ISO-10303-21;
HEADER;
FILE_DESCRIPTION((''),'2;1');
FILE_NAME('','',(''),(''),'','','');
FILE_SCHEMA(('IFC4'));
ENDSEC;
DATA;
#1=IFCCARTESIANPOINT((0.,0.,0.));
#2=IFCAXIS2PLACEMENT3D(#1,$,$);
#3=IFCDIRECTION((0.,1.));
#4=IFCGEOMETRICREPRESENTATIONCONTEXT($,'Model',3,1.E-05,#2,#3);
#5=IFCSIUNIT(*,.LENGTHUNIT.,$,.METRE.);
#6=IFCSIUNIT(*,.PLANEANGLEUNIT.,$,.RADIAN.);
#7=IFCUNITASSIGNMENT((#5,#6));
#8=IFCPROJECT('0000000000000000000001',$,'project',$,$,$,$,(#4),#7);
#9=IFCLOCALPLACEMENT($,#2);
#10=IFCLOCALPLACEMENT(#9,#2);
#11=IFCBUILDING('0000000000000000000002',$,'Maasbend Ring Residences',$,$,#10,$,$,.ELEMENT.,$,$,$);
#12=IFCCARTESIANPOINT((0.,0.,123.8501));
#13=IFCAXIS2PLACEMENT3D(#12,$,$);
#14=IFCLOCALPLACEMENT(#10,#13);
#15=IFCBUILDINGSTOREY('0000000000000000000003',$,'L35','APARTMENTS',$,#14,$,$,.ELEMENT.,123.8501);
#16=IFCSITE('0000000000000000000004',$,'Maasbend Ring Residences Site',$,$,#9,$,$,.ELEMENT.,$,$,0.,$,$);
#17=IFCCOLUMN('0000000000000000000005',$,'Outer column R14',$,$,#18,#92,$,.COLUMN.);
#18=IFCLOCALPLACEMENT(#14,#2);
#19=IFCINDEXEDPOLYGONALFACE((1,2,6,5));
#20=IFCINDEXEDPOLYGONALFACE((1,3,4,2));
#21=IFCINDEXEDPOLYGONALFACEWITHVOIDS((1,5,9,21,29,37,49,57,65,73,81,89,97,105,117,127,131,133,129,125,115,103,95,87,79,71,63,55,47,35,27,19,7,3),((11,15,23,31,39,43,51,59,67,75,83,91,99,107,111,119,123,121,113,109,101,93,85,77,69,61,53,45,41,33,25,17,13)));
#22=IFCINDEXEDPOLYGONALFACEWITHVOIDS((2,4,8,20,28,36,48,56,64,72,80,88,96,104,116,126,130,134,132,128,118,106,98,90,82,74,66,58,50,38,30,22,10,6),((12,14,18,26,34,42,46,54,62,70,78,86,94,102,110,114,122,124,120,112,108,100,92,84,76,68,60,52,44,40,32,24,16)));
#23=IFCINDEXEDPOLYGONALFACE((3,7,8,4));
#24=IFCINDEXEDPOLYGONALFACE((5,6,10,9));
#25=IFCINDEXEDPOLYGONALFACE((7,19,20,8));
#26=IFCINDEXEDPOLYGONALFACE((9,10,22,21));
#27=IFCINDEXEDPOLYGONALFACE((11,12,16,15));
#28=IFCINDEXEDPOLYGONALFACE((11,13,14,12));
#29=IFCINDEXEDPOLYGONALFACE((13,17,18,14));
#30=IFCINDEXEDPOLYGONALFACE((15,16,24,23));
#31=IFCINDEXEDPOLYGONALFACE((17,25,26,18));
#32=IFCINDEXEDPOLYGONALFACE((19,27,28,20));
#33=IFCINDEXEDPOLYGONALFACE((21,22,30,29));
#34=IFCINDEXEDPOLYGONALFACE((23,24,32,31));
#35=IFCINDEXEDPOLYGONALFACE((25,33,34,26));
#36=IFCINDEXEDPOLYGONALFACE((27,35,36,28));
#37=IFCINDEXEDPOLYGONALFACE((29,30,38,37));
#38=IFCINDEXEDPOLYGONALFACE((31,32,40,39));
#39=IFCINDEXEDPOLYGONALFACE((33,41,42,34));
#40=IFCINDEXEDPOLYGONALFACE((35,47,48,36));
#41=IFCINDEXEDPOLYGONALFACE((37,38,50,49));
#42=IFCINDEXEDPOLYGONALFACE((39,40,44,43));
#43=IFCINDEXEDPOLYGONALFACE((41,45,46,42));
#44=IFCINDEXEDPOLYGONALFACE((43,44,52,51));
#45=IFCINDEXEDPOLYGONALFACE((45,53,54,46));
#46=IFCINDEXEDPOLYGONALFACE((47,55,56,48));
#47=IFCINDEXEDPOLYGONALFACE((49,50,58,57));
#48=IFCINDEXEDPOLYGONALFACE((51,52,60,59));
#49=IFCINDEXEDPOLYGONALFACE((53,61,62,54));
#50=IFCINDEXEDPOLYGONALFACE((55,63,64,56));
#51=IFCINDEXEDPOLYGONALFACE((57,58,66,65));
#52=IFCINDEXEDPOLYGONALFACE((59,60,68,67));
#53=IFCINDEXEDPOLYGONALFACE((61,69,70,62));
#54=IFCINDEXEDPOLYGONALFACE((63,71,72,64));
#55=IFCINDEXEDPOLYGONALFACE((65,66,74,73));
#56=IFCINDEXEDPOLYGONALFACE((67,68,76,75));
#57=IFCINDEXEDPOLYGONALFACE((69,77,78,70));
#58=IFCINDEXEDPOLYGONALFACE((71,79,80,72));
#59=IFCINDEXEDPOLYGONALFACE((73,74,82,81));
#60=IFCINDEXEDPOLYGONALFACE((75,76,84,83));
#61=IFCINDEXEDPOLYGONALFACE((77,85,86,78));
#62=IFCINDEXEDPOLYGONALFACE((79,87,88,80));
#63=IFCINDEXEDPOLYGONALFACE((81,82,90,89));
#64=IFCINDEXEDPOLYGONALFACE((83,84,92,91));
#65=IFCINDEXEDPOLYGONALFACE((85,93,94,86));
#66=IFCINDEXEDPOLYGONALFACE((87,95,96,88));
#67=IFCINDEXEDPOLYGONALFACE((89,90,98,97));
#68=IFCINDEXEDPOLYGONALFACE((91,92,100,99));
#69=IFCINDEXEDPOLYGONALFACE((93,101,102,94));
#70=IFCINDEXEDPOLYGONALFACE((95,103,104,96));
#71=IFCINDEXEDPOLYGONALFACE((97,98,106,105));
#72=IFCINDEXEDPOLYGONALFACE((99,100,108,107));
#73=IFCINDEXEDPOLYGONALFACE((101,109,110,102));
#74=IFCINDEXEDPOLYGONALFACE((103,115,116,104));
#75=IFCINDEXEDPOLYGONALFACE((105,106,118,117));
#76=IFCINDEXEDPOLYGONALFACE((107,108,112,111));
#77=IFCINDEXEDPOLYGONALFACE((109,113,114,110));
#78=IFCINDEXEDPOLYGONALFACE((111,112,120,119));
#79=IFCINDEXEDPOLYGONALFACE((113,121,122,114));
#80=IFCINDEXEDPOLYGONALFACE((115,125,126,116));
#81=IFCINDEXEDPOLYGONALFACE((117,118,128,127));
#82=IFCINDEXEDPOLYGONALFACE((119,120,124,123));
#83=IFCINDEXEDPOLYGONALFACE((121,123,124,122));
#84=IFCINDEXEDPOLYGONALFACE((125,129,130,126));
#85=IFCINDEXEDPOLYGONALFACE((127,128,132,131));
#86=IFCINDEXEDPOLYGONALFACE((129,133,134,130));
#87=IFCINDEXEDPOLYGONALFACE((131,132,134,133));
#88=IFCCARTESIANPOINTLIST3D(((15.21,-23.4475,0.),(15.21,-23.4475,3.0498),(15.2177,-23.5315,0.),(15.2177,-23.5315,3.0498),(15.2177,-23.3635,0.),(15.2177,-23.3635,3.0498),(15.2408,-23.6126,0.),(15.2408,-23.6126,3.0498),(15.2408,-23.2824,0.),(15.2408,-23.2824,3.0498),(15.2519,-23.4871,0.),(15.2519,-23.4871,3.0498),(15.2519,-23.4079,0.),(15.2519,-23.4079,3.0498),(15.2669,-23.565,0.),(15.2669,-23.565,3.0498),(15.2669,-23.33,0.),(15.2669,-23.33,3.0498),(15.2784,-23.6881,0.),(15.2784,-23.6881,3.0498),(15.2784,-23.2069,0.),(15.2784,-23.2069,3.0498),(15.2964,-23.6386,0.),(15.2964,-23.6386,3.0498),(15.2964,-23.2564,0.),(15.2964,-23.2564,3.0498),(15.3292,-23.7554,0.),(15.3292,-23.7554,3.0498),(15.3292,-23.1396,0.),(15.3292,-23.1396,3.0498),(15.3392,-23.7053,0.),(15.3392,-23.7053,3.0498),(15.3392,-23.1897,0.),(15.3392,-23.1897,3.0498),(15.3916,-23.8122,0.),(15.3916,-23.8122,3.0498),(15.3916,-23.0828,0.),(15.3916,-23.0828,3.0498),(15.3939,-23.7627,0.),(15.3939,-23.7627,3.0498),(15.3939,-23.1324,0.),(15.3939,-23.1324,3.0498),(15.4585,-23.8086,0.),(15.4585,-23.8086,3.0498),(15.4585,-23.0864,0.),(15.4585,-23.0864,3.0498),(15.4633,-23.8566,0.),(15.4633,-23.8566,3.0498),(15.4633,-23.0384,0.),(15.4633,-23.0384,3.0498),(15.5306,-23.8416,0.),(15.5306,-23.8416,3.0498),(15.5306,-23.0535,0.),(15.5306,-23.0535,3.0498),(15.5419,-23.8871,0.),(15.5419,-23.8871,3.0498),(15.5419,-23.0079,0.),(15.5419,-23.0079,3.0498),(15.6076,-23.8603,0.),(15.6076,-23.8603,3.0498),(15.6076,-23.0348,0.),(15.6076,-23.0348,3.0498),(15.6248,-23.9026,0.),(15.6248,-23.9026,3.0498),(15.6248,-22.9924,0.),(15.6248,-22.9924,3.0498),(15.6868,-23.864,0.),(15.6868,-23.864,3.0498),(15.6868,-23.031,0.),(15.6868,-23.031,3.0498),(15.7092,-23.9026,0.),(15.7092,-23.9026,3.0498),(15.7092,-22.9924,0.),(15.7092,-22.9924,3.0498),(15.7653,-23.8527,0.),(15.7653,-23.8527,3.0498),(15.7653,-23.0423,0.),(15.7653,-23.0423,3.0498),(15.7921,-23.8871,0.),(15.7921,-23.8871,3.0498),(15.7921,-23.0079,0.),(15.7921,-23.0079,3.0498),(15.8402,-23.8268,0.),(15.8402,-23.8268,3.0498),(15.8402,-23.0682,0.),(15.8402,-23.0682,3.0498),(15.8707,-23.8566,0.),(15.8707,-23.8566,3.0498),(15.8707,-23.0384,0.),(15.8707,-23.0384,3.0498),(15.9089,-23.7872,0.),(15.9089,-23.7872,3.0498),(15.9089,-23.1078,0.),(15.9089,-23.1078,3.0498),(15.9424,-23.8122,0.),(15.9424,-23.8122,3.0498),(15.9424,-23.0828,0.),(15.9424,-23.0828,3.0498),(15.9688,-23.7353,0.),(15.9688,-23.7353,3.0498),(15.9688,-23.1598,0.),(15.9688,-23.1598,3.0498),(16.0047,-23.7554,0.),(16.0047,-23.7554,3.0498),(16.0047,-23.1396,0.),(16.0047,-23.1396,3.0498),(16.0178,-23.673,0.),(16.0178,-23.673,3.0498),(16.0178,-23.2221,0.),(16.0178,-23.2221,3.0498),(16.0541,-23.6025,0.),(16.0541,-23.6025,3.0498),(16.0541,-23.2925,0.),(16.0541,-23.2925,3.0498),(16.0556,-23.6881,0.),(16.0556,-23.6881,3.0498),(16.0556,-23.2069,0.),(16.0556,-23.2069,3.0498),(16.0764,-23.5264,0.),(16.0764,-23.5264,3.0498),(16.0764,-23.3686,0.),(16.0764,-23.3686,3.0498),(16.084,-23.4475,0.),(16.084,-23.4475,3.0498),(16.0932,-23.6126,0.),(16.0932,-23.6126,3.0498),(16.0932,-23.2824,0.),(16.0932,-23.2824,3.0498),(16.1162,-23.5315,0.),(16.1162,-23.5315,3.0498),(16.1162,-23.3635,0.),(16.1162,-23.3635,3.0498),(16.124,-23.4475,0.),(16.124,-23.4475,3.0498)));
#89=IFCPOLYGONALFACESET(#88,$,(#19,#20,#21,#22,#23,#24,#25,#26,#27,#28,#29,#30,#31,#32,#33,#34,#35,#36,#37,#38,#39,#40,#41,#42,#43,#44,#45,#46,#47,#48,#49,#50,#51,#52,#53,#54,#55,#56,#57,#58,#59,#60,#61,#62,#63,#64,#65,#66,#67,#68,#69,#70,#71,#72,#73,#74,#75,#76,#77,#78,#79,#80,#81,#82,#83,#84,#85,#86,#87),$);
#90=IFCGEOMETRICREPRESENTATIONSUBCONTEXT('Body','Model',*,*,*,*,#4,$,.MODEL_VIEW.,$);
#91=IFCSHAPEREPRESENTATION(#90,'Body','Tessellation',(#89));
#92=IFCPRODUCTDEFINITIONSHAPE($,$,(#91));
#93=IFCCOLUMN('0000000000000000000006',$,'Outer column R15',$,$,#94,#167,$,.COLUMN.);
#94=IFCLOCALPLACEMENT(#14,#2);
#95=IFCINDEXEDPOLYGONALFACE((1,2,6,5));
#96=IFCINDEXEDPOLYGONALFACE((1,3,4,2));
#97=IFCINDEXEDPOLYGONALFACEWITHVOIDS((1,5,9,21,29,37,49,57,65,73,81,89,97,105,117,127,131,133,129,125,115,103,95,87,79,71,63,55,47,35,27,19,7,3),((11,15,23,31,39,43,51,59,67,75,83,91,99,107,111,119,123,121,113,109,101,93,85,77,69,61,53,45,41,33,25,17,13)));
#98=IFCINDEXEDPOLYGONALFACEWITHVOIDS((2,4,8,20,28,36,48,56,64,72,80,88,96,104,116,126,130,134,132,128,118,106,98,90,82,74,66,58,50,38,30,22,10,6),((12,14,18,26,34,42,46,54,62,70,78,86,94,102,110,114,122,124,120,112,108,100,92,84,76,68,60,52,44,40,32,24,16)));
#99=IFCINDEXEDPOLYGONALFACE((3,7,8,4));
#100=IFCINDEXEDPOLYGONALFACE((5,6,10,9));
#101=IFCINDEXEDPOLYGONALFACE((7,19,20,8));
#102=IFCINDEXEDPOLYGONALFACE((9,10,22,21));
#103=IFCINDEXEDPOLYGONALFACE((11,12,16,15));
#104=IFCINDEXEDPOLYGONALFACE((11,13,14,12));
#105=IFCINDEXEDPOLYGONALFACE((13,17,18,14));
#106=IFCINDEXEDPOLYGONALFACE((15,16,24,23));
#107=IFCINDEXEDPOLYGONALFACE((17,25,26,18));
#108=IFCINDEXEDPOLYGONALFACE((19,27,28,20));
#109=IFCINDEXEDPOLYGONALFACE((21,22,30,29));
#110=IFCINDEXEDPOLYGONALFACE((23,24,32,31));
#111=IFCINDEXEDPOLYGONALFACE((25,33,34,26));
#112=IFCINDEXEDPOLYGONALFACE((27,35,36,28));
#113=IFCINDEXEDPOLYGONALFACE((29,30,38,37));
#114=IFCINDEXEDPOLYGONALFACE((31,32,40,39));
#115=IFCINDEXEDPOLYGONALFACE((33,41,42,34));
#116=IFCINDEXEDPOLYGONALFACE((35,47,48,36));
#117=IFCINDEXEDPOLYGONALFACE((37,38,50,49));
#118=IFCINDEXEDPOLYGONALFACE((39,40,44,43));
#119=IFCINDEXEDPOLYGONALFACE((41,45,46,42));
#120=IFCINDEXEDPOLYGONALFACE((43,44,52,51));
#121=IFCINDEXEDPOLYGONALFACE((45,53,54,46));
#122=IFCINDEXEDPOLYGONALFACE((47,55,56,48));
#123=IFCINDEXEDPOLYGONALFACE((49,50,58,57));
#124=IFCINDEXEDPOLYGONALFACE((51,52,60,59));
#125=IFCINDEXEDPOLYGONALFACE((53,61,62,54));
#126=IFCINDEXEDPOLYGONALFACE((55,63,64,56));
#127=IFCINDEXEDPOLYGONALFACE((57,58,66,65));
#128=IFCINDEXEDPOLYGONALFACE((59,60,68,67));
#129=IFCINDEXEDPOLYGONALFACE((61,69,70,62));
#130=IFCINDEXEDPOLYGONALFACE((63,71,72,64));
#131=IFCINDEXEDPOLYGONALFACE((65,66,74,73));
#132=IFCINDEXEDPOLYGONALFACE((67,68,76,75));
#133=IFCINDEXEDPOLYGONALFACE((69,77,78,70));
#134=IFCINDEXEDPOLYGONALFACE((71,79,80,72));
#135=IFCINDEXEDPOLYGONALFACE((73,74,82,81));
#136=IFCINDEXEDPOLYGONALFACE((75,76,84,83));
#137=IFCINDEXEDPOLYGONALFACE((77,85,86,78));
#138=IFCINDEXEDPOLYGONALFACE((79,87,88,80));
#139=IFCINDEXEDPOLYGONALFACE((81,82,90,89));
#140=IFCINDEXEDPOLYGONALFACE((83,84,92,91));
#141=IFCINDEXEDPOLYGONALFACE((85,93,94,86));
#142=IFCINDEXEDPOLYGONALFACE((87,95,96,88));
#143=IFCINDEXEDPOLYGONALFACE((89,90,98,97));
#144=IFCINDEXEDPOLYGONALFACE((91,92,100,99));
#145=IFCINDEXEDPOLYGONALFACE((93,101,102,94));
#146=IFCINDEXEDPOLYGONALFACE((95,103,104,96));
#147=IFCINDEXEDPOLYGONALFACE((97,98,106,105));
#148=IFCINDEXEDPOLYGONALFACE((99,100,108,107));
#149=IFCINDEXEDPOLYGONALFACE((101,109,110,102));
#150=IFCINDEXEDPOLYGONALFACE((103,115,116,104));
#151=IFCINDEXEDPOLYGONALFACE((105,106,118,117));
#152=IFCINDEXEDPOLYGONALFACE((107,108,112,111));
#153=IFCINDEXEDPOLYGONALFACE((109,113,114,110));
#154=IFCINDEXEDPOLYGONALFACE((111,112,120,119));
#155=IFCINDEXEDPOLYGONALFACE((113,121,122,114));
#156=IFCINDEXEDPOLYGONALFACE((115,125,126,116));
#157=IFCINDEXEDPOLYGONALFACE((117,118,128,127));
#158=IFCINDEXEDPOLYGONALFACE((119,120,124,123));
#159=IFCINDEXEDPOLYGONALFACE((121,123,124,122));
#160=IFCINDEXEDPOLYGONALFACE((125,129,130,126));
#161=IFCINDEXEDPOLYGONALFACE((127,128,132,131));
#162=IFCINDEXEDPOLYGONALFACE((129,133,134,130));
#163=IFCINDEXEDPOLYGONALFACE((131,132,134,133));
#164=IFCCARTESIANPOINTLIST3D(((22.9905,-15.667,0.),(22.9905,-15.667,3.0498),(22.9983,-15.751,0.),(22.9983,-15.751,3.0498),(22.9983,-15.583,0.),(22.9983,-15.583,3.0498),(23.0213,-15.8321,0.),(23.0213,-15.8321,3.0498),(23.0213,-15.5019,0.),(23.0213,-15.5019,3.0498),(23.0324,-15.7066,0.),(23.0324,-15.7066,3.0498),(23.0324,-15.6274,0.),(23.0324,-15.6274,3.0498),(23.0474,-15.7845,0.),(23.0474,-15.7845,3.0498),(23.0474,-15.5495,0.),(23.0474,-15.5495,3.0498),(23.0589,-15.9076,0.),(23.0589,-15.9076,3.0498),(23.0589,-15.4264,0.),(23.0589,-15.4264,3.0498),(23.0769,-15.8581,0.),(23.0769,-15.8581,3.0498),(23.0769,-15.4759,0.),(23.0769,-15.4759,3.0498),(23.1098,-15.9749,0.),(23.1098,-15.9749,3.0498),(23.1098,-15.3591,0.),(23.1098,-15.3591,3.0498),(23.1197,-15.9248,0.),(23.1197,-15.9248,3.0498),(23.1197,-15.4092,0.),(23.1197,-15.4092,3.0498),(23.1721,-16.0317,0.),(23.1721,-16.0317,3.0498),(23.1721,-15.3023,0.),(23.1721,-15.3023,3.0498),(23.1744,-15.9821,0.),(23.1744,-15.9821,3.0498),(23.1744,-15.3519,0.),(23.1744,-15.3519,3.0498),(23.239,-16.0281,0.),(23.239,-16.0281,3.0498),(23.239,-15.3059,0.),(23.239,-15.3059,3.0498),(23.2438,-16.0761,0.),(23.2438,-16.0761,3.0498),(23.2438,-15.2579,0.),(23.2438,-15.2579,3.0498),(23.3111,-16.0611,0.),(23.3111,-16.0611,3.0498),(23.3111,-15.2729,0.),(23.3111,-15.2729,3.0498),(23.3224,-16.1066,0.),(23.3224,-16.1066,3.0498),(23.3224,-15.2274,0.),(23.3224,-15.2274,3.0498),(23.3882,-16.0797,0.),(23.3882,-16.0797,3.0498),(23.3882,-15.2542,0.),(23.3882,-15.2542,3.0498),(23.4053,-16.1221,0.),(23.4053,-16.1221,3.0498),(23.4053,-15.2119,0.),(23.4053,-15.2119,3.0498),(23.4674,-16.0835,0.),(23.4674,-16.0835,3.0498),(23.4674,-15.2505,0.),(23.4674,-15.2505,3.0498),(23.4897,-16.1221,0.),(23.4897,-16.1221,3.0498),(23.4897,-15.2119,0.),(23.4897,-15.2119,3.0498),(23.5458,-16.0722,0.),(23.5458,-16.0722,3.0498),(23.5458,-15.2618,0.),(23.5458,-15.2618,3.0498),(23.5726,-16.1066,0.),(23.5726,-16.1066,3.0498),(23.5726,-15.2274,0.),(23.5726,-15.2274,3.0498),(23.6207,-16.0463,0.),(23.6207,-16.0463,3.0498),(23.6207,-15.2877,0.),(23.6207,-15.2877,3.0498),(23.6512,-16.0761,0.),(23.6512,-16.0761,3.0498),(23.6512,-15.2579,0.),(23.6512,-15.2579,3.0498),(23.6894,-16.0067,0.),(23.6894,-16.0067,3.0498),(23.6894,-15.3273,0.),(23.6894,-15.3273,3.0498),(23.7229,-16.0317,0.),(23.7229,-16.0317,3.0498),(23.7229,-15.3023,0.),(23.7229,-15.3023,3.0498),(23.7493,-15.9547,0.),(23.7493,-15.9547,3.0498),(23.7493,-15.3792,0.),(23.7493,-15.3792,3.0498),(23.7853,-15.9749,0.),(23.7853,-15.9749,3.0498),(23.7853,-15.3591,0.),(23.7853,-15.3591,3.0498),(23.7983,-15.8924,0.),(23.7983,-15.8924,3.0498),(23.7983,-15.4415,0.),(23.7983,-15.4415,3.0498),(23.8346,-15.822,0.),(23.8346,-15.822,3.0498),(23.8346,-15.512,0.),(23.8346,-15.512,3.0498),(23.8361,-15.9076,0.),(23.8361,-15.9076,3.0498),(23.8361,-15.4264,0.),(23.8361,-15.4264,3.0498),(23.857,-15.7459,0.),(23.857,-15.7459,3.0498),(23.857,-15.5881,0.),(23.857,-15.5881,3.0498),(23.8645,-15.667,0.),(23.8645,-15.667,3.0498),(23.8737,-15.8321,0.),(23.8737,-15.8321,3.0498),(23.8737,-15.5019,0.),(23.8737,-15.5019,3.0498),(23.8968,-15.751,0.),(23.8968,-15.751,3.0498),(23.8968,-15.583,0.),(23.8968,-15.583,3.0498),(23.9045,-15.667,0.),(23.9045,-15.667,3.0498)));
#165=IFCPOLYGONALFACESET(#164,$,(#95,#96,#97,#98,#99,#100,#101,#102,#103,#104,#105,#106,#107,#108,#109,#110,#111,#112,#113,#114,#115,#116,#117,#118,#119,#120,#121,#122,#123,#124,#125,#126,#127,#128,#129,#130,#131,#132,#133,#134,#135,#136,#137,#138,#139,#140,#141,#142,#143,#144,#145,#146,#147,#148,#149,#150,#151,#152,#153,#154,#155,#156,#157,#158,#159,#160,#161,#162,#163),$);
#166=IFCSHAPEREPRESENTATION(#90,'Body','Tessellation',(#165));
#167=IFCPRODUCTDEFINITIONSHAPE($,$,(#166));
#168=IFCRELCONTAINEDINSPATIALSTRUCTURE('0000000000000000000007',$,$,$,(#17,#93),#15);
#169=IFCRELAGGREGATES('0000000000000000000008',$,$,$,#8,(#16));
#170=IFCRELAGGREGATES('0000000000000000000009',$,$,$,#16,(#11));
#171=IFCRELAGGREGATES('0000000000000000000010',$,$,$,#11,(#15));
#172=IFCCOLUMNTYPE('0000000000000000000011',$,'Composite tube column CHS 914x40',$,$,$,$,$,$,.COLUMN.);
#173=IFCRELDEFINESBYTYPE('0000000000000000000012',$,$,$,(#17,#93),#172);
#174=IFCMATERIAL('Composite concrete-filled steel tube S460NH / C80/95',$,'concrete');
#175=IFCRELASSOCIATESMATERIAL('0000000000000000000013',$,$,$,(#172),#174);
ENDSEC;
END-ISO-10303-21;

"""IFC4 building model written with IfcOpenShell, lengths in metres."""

from ifc_helpers import new_model, si_unit, direction, frame, origin, origin_2d, place, context, subcontext, project, spatial, hollow_circle, extrude, material, material_profile, profile_set, type_object, element, save


model = new_model("IFC4")

# Units and contexts
model_context = context("Model", 3, precision=1e-05, world=origin(), true_north=direction((0.0, 1.0)))
body_context = subcontext(model_context, "Body", "Model", "MODEL_VIEW")
ifc_project = project(units=[si_unit("LENGTHUNIT", "METRE"), si_unit("PLANEANGLEUNIT", "RADIAN")], contexts=[model_context])

# Site, building, storey
site_placement = place(None, origin())
site = spatial("IfcSite", under=ifc_project, at=site_placement, Name="Maasbend Ring Residences Site", CompositionType="ELEMENT", RefElevation=0.0)
building_placement = place(site_placement, origin())
building = spatial("IfcBuilding", under=site, at=building_placement, Name="Maasbend Ring Residences", CompositionType="ELEMENT")
storey_placement = place(building_placement, frame((0.0, 0.0, 123.8501)))
storey = spatial("IfcBuildingStorey", under=building, at=storey_placement, Name="L35", Description="APARTMENTS", CompositionType="ELEMENT", Elevation=123.8501)

# Columns
ifc_material_1 = material(Name="Composite concrete-filled steel tube S460NH / C80/95", Category="concrete")
ifc_material_profile_1 = material_profile(ifc_material_1, hollow_circle(Radius=0.457, WallThickness=0.04, at=origin_2d()), Name="Composite tube column CHS 914x40")
ifc_profile_set_1 = profile_set([ifc_material_profile_1], Name="Composite concrete-filled steel tube S460NH / C80/95")
column_type = type_object("IfcColumnType", Name="Composite tube column CHS 914x40", PredefinedType="COLUMN", material=ifc_profile_set_1)
for number, where, z_axis, x_axis, name in (
    (1, (15.667, -23.4475, 0.0), (0.0, 0.0, 1.0), (1.0, 0.0, 0.0), "Outer column R14"),
    (2, (23.4475, -15.667, 0.0), (0.0, 0.0, 1.0), (1.0, 0.0, 0.0), "Outer column R15"),
):
    element("IfcColumn", number, at=place(storey_placement, frame(where, z_axis=z_axis, x_axis=x_axis)), inside=storey, type_object=column_type, Name=name, PredefinedType="COLUMN", context=body_context, shape_type="SweptSolid", body=[
        extrude(hollow_circle(Radius=0.457, WallThickness=0.04, at=origin_2d()), origin(), (0.0, 0.0, 1.0), 3.0498),
    ])

save(model, "model.ifc")
